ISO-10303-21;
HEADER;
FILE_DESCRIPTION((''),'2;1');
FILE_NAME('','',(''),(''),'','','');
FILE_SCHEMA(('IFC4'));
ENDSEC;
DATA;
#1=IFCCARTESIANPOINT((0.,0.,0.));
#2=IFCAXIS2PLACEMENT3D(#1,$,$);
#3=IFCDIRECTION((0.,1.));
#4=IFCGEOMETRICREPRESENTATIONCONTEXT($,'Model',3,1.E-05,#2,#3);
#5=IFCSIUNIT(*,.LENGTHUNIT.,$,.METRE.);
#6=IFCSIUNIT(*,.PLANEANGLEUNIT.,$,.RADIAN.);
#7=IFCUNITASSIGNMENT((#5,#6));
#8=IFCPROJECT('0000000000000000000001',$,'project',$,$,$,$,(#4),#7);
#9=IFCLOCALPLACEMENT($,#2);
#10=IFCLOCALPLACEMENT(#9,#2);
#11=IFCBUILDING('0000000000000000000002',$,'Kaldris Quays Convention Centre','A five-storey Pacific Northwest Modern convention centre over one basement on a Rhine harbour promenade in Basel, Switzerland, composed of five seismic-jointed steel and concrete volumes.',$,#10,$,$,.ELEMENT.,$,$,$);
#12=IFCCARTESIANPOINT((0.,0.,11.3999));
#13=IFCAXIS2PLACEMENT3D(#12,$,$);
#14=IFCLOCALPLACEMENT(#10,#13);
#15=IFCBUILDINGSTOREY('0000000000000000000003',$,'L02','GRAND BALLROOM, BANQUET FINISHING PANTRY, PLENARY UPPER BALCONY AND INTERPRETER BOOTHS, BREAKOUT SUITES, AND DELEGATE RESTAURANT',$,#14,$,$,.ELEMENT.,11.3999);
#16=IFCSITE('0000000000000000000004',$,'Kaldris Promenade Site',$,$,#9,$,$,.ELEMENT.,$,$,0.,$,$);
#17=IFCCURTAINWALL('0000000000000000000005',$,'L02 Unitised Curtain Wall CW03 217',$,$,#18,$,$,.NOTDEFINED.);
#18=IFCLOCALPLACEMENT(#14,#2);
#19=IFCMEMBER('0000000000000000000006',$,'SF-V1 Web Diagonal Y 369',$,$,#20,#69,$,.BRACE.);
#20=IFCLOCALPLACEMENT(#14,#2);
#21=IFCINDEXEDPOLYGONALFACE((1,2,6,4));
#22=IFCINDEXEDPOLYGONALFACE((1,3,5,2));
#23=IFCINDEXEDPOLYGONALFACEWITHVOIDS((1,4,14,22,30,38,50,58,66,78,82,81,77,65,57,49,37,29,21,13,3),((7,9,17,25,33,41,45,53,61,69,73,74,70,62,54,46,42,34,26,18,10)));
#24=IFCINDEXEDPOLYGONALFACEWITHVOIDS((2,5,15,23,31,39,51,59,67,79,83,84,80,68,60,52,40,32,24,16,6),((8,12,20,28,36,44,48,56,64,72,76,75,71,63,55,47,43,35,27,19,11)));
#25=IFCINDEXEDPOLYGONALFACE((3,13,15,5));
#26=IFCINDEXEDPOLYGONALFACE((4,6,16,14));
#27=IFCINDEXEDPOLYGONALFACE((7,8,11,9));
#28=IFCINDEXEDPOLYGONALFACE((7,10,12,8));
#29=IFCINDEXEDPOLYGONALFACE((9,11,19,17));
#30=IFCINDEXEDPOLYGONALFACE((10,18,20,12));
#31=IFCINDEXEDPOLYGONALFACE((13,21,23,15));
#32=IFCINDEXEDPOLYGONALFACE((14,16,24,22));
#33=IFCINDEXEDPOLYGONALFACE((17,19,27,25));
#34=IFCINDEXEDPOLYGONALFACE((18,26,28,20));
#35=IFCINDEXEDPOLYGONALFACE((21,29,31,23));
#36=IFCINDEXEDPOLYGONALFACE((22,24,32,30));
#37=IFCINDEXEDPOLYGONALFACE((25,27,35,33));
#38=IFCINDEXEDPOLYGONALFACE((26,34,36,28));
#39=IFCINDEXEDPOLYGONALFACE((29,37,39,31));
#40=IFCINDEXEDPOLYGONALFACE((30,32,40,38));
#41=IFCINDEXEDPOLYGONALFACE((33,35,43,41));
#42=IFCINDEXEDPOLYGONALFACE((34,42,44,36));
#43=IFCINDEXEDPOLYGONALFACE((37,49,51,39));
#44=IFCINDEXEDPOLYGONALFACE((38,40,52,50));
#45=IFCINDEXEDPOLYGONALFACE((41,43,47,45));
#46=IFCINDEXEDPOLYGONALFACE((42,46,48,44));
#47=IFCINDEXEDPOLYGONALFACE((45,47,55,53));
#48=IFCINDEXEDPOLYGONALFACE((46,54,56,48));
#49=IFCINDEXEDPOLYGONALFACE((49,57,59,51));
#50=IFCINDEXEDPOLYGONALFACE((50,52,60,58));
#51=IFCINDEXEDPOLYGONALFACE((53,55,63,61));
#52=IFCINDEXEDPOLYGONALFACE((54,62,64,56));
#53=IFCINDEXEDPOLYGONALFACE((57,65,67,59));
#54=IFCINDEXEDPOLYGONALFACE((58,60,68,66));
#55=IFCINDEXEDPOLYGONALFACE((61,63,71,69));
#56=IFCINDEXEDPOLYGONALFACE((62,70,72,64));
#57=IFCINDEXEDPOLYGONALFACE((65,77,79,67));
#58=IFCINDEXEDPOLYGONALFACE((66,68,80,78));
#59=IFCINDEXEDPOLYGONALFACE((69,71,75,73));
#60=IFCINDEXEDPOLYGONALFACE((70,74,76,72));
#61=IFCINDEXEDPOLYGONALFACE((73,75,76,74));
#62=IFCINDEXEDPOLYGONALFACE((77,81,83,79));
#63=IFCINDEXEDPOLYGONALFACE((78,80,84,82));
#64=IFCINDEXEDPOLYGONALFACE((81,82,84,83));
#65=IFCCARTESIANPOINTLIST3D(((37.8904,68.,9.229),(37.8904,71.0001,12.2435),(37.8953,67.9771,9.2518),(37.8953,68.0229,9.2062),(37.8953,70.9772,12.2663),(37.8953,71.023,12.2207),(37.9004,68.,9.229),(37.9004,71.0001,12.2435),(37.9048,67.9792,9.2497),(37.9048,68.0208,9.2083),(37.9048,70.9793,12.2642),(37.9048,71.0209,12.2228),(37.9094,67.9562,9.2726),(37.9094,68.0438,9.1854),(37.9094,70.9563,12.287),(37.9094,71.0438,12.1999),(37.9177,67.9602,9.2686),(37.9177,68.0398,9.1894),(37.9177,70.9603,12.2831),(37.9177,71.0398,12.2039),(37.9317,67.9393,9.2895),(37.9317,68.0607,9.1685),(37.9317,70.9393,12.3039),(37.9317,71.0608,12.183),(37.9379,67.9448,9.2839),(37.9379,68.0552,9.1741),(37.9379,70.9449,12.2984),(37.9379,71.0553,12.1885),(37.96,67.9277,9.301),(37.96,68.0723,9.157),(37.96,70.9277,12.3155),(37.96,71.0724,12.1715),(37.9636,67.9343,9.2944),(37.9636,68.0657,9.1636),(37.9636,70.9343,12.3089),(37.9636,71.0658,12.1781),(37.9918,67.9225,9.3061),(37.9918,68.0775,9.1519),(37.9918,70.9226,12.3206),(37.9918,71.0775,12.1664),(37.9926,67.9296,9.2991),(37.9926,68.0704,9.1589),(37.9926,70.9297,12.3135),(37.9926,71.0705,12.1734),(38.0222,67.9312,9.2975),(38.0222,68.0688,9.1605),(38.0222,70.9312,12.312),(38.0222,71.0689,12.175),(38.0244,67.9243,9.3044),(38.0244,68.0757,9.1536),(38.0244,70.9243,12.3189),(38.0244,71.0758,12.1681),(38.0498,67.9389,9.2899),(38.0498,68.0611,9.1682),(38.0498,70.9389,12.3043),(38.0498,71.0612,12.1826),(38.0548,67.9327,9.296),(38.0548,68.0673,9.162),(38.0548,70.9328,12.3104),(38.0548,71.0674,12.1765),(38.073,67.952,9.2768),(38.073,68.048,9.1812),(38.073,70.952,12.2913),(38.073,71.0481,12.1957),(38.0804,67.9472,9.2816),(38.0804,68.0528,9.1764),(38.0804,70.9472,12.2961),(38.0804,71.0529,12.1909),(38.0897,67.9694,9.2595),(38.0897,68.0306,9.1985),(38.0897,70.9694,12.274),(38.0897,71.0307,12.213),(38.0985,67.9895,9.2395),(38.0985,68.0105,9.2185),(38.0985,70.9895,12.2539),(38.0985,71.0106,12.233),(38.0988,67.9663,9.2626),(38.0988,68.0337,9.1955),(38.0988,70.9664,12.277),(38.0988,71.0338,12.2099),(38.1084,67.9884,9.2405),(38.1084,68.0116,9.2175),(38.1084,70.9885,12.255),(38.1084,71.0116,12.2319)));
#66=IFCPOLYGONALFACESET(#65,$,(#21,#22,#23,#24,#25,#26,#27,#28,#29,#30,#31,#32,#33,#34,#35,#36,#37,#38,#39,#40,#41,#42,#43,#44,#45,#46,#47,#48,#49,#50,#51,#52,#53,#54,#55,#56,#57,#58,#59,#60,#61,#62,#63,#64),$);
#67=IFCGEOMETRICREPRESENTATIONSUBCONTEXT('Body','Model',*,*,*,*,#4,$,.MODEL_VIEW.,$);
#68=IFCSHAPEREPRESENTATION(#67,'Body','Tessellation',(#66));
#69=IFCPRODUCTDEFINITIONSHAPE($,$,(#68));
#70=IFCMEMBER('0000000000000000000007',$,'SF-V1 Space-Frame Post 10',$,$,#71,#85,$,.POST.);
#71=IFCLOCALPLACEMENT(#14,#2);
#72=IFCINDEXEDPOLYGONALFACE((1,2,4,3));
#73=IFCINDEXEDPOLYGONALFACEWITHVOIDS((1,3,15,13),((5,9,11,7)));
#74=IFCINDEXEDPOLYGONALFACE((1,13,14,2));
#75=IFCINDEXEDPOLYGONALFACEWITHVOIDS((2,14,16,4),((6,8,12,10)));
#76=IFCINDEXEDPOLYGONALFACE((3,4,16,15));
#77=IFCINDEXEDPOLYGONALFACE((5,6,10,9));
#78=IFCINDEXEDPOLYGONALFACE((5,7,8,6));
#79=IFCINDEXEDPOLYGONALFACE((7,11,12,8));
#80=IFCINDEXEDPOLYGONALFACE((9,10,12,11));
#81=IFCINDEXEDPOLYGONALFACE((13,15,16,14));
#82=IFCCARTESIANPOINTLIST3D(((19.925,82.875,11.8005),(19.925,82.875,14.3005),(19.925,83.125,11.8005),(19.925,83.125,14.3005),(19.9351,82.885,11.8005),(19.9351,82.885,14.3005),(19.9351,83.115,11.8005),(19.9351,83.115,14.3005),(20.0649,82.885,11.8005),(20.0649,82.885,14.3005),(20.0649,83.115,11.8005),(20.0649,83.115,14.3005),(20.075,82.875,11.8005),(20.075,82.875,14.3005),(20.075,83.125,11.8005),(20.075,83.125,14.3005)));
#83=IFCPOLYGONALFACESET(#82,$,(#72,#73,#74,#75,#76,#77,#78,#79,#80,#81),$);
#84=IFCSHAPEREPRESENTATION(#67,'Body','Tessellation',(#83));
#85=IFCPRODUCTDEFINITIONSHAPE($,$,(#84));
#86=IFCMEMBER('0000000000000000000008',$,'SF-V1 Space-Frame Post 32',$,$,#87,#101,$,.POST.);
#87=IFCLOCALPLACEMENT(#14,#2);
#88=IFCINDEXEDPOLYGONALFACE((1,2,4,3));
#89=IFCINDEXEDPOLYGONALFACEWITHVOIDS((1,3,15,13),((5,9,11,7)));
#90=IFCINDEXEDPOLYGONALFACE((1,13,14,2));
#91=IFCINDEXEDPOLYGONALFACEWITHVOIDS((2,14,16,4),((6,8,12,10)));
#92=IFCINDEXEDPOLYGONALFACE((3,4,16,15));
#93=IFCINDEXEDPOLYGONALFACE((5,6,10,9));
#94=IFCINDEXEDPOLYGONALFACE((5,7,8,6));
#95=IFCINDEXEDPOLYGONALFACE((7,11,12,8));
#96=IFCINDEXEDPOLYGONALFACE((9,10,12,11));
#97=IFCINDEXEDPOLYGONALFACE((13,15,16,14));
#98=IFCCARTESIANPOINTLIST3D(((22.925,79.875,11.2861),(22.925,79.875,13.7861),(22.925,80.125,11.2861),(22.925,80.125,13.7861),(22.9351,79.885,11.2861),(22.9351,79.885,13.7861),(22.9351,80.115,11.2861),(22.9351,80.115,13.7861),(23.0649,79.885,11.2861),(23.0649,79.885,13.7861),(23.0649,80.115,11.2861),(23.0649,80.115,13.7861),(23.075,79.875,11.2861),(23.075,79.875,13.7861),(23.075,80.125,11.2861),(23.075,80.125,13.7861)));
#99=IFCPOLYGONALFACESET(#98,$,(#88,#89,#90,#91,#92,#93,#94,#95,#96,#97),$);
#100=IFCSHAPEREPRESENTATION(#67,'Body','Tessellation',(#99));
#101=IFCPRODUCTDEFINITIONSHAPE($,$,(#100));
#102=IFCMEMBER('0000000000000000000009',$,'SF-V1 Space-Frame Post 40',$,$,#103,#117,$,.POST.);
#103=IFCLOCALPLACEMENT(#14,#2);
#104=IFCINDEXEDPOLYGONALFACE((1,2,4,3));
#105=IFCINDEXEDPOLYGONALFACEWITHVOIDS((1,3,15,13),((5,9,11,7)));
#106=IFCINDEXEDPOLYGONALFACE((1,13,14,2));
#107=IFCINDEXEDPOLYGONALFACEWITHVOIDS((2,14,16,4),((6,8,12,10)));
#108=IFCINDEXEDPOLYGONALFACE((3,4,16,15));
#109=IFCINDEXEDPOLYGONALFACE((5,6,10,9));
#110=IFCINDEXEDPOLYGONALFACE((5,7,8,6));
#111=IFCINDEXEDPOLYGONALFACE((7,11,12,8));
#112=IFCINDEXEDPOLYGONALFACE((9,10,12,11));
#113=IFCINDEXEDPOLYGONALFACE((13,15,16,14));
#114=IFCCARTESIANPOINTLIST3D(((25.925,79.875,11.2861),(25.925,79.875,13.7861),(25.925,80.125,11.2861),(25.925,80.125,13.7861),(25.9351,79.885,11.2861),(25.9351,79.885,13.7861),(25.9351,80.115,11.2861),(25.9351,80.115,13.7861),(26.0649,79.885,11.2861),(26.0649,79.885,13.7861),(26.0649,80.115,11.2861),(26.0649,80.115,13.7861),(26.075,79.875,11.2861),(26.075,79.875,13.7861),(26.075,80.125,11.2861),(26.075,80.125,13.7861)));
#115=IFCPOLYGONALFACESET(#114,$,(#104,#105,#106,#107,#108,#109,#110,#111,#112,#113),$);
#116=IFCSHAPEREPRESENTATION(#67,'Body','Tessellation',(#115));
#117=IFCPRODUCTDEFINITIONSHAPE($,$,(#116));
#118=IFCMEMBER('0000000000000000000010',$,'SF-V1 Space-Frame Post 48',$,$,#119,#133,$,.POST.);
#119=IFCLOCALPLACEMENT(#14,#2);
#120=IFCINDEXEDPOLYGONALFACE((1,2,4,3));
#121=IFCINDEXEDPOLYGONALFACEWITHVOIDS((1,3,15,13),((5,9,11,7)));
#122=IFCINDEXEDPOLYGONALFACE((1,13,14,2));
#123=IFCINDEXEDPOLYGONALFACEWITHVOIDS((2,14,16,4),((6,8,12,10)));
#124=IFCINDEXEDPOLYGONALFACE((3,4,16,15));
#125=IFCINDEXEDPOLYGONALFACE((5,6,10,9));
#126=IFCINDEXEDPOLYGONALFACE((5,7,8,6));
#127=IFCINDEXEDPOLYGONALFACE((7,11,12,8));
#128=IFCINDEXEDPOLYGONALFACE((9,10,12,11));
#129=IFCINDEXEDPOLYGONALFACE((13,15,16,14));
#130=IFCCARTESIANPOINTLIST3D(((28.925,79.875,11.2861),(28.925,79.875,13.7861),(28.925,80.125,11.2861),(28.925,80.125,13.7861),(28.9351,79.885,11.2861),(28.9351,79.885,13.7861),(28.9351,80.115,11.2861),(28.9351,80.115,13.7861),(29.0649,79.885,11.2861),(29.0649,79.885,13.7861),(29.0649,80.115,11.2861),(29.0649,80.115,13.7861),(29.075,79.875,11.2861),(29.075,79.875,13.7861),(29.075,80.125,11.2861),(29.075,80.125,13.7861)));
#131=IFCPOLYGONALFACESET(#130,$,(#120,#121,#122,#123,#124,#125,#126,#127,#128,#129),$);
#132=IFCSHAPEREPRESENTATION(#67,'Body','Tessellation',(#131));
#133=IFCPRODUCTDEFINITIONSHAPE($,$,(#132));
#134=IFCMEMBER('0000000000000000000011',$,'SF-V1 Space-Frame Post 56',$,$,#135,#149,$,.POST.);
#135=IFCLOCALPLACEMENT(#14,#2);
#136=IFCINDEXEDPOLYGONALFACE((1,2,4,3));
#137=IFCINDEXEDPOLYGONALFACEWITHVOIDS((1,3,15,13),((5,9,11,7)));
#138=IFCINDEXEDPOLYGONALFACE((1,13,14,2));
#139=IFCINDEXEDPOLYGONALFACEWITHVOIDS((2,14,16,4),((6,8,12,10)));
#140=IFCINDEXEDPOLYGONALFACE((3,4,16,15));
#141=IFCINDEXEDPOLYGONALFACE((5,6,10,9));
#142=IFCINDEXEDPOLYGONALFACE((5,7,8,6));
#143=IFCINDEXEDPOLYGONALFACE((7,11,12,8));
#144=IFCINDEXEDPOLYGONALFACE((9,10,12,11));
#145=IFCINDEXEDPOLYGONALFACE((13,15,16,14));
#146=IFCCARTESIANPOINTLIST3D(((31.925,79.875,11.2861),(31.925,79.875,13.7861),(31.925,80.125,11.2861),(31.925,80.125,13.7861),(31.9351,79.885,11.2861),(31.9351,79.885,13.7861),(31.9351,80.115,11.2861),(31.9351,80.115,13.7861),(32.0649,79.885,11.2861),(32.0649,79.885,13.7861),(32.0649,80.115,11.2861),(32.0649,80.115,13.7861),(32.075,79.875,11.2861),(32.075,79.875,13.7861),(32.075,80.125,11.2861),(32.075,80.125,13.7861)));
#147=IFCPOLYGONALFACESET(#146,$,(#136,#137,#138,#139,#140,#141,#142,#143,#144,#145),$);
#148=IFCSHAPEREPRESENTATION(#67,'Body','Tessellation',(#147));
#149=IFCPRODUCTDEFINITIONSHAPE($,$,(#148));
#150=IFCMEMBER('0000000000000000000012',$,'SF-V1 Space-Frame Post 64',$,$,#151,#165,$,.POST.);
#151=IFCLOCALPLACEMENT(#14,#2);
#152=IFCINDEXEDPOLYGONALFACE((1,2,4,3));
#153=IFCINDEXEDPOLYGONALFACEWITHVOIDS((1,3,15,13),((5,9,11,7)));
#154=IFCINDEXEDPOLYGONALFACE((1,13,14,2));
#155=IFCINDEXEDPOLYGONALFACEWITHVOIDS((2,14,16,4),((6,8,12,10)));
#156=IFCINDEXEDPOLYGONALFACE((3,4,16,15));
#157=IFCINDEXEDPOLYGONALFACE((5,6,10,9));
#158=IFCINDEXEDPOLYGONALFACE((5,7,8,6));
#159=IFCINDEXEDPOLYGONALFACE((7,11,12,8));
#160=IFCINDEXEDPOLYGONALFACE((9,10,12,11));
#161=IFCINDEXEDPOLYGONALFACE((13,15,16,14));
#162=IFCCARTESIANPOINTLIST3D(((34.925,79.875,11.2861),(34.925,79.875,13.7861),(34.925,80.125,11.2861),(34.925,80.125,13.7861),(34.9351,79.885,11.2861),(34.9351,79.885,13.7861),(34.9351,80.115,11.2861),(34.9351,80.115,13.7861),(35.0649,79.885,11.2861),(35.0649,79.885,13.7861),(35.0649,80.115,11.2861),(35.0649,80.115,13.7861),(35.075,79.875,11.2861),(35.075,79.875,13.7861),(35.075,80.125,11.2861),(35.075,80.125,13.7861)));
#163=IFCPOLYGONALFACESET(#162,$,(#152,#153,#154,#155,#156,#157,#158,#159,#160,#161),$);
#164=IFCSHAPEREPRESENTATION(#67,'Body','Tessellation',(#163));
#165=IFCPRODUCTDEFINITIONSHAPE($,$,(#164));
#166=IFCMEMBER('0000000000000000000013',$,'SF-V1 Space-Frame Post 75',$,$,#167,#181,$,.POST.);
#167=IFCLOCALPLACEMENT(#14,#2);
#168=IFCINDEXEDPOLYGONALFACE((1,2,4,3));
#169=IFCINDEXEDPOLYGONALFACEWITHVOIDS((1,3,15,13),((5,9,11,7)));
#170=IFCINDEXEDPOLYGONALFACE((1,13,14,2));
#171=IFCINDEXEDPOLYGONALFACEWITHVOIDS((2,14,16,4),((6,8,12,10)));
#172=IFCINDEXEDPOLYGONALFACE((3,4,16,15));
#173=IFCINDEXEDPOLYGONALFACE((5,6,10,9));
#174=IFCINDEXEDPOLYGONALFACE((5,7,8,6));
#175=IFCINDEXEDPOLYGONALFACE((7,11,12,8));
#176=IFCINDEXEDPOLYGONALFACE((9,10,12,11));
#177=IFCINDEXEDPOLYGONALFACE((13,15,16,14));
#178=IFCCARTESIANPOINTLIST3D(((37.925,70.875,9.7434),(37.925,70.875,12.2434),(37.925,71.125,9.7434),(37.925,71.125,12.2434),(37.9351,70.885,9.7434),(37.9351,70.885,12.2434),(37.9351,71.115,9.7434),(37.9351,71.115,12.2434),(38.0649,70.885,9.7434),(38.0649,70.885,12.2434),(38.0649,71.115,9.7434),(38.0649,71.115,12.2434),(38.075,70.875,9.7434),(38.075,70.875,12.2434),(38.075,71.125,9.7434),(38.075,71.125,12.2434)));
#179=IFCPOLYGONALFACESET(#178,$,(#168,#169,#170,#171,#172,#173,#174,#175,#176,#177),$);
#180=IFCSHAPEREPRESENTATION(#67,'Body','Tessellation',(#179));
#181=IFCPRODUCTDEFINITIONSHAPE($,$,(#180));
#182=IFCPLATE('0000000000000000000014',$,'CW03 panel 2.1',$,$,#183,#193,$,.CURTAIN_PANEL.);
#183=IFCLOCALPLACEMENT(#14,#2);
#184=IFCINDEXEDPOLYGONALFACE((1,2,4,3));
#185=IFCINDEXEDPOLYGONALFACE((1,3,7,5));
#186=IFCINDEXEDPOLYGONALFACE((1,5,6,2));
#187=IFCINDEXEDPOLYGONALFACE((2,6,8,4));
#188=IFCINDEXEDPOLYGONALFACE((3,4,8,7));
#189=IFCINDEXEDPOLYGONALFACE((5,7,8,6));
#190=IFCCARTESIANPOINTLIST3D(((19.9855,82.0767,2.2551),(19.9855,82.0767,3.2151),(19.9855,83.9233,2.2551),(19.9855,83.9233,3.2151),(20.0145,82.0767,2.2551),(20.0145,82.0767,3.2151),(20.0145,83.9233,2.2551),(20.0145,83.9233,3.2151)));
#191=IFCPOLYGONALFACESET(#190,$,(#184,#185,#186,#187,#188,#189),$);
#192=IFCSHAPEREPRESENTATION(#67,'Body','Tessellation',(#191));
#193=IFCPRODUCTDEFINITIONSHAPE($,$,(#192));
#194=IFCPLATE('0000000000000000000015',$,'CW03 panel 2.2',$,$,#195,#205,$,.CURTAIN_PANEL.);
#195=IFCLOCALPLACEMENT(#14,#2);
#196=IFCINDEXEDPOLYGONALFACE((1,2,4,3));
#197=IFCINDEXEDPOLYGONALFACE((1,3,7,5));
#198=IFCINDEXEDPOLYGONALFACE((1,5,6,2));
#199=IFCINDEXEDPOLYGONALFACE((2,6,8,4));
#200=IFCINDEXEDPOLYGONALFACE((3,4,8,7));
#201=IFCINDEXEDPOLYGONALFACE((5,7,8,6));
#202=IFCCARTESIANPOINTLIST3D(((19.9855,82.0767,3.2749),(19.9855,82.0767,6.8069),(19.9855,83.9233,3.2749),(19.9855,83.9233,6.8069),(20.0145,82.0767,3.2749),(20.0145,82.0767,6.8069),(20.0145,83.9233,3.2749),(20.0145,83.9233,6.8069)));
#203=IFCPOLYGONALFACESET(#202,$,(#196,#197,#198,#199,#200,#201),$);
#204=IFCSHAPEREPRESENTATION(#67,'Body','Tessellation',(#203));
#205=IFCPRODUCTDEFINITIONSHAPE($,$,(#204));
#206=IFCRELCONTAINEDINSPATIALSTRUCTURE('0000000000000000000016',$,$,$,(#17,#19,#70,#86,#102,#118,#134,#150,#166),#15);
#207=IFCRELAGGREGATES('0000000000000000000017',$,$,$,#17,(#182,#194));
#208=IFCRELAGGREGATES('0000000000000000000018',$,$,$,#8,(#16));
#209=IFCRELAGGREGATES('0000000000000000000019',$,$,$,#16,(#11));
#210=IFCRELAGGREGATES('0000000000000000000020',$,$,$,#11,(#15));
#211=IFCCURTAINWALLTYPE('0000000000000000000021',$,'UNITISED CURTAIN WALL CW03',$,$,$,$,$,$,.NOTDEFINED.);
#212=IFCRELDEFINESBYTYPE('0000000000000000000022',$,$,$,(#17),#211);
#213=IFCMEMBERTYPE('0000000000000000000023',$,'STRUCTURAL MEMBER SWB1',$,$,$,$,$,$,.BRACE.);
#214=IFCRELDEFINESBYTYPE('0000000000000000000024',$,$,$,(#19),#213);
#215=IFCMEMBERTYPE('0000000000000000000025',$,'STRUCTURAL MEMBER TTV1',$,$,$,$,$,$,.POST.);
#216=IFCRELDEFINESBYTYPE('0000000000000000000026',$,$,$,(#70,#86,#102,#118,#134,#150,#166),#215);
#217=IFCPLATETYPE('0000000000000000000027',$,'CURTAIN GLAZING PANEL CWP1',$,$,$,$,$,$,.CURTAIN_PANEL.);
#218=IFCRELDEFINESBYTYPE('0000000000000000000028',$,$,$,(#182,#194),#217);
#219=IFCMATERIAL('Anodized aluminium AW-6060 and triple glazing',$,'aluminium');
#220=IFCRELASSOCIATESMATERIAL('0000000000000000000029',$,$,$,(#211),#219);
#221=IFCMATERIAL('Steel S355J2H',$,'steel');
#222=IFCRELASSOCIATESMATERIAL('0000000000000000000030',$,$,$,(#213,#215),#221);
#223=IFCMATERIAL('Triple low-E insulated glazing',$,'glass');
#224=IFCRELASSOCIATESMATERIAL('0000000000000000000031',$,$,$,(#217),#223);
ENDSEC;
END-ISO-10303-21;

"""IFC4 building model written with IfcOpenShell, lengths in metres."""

from ifc_helpers import new_model, si_unit, direction, frame, origin, origin_2d, place, context, subcontext, project, spatial, rectangle, hollow_rectangle, hollow_circle, extrude, material, material_profile, profile_set, type_object, element, aggregate, save


model = new_model("IFC4")

# Units and contexts
model_context = context("Model", 3, precision=1e-05, world=origin(), true_north=direction((0.0, 1.0)))
body_context = subcontext(model_context, "Body", "Model", "MODEL_VIEW")
ifc_project = project(units=[si_unit("LENGTHUNIT", "METRE"), si_unit("PLANEANGLEUNIT", "RADIAN")], contexts=[model_context])

# Site, building, storey
site_placement = place(None, origin())
site = spatial("IfcSite", under=ifc_project, at=site_placement, Name="Kaldris Promenade Site", CompositionType="ELEMENT", RefElevation=0.0)
building_placement = place(site_placement, origin())
building = spatial("IfcBuilding", under=site, at=building_placement, Name="Kaldris Quays Convention Centre", Description="A five-storey Pacific Northwest Modern convention centre over one basement on a Rhine harbour promenade in Basel, Switzerland, composed of five seismic-jointed steel and concrete volumes.", CompositionType="ELEMENT")
storey_placement = place(building_placement, frame((0.0, 0.0, 11.3999)))
storey = spatial("IfcBuildingStorey", under=building, at=storey_placement, Name="L02", Description="GRAND BALLROOM, BANQUET FINISHING PANTRY, PLENARY UPPER BALCONY AND INTERPRETER BOOTHS, BREAKOUT SUITES, AND DELEGATE RESTAURANT", CompositionType="ELEMENT", Elevation=11.3999)

# Curtain wall
ifc_material_1 = material(Name="Anodized aluminium AW-6060 and triple glazing", Category="aluminium")
curtain_wall_type = type_object("IfcCurtainWallType", Name="UNITISED CURTAIN WALL CW03", PredefinedType="NOTDEFINED", material=ifc_material_1)
curtain_wall_placement = place(storey_placement, origin())
curtain_wall = element("IfcCurtainWall", 1, at=curtain_wall_placement, inside=storey, type_object=curtain_wall_type, Name="L02 Unitised Curtain Wall CW03 217", PredefinedType="NOTDEFINED")

# Members
ifc_material_2 = material(Name="Steel S355J2H", Category="steel")
ifc_material_profile_1 = material_profile(ifc_material_2, hollow_circle(Radius=0.1096, WallThickness=0.01, at=origin_2d()), Name="CHS 219.1x10")
ifc_profile_set_1 = profile_set([ifc_material_profile_1], Name="Steel S355J2H")
member_type_1 = type_object("IfcMemberType", Name="STRUCTURAL MEMBER SWB1", PredefinedType="BRACE", material=ifc_profile_set_1)
member_1_placement = place(storey_placement, frame((38.0, 68.0, 9.229), z_axis=(0.0, 0.705411, 0.708798), x_axis=(-1.0, 0.0, 0.0)))
element("IfcMember", 2, at=member_1_placement, inside=storey, type_object=member_type_1, Name="SF-V1 Web Diagonal Y 369", PredefinedType="BRACE", context=body_context, shape_type="SweptSolid", body=[
    extrude(hollow_circle(Radius=0.1096, WallThickness=0.01, at=origin_2d()), origin(), (0.0, 0.0, 1.0), 4.2529),
])
ifc_material_profile_2 = material_profile(ifc_material_2, hollow_rectangle(XDim=0.1499, YDim=0.25, WallThickness=0.01, at=origin_2d()), Name="RHS 250x150x10")
ifc_profile_set_2 = profile_set([ifc_material_profile_2], Name="Steel S355J2H")
member_type_2 = type_object("IfcMemberType", Name="STRUCTURAL MEMBER TTV1", PredefinedType="POST", material=ifc_profile_set_2)
for number, where, z_axis, x_axis, name in (
    (3, (20.0, 83.0, 11.8005), (0.0, 0.0, 1.0), (1.0, 0.0, 0.0), "SF-V1 Space-Frame Post 10"),
    (4, (23.0, 80.0, 11.2861), (0.0, 0.0, 1.0), (1.0, 0.0, 0.0), "SF-V1 Space-Frame Post 32"),
    (5, (26.0, 80.0, 11.2861), (0.0, 0.0, 1.0), (1.0, 0.0, 0.0), "SF-V1 Space-Frame Post 40"),
    (6, (29.0, 80.0, 11.2861), (0.0, 0.0, 1.0), (1.0, 0.0, 0.0), "SF-V1 Space-Frame Post 48"),
    (7, (32.0, 80.0, 11.2861), (0.0, 0.0, 1.0), (1.0, 0.0, 0.0), "SF-V1 Space-Frame Post 56"),
    (8, (35.0, 80.0, 11.2861), (0.0, 0.0, 1.0), (1.0, 0.0, 0.0), "SF-V1 Space-Frame Post 64"),
    (9, (38.0, 71.0, 9.7434), (0.0, 0.0, 1.0), (1.0, 0.0, 0.0), "SF-V1 Space-Frame Post 75"),
):
    element("IfcMember", number, at=place(storey_placement, frame(where, z_axis=z_axis, x_axis=x_axis)), inside=storey, type_object=member_type_2, Name=name, PredefinedType="POST", context=body_context, shape_type="SweptSolid", body=[
        extrude(hollow_rectangle(XDim=0.1499, YDim=0.25, WallThickness=0.01, at=origin_2d()), origin(), (0.0, 0.0, 1.0), 2.5),
    ])

# Plates
ifc_material_3 = material(Name="Triple low-E insulated glazing", Category="glass")
plate_type = type_object("IfcPlateType", Name="CURTAIN GLAZING PANEL CWP1", PredefinedType="CURTAIN_PANEL", material=ifc_material_3)
plate_1_placement = place(storey_placement, frame((20.0, 83.0, 2.2551), z_axis=(0.0, 0.0, 1.0), x_axis=(0.0, 1.0, 0.0)))
plate_1 = element("IfcPlate", 10, at=plate_1_placement, type_object=plate_type, Name="CW03 panel 2.1", PredefinedType="CURTAIN_PANEL", context=body_context, shape_type="SweptSolid", body=[
    extrude(rectangle(XDim=1.8467, YDim=0.0291, at=origin_2d()), origin(), (0.0, 0.0, 1.0), 0.96),
])
plate_2_placement = place(storey_placement, frame((20.0, 83.0, 3.2749), z_axis=(0.0, 0.0, 1.0), x_axis=(0.0, 1.0, 0.0)))
plate_2 = element("IfcPlate", 11, at=plate_2_placement, type_object=plate_type, Name="CW03 panel 2.2", PredefinedType="CURTAIN_PANEL", context=body_context, shape_type="SweptSolid", body=[
    extrude(rectangle(XDim=1.8467, YDim=0.0291, at=origin_2d()), origin(), (0.0, 0.0, 1.0), 3.532),
])
aggregate(curtain_wall, [plate_1, plate_2])

save(model, "model.ifc")
